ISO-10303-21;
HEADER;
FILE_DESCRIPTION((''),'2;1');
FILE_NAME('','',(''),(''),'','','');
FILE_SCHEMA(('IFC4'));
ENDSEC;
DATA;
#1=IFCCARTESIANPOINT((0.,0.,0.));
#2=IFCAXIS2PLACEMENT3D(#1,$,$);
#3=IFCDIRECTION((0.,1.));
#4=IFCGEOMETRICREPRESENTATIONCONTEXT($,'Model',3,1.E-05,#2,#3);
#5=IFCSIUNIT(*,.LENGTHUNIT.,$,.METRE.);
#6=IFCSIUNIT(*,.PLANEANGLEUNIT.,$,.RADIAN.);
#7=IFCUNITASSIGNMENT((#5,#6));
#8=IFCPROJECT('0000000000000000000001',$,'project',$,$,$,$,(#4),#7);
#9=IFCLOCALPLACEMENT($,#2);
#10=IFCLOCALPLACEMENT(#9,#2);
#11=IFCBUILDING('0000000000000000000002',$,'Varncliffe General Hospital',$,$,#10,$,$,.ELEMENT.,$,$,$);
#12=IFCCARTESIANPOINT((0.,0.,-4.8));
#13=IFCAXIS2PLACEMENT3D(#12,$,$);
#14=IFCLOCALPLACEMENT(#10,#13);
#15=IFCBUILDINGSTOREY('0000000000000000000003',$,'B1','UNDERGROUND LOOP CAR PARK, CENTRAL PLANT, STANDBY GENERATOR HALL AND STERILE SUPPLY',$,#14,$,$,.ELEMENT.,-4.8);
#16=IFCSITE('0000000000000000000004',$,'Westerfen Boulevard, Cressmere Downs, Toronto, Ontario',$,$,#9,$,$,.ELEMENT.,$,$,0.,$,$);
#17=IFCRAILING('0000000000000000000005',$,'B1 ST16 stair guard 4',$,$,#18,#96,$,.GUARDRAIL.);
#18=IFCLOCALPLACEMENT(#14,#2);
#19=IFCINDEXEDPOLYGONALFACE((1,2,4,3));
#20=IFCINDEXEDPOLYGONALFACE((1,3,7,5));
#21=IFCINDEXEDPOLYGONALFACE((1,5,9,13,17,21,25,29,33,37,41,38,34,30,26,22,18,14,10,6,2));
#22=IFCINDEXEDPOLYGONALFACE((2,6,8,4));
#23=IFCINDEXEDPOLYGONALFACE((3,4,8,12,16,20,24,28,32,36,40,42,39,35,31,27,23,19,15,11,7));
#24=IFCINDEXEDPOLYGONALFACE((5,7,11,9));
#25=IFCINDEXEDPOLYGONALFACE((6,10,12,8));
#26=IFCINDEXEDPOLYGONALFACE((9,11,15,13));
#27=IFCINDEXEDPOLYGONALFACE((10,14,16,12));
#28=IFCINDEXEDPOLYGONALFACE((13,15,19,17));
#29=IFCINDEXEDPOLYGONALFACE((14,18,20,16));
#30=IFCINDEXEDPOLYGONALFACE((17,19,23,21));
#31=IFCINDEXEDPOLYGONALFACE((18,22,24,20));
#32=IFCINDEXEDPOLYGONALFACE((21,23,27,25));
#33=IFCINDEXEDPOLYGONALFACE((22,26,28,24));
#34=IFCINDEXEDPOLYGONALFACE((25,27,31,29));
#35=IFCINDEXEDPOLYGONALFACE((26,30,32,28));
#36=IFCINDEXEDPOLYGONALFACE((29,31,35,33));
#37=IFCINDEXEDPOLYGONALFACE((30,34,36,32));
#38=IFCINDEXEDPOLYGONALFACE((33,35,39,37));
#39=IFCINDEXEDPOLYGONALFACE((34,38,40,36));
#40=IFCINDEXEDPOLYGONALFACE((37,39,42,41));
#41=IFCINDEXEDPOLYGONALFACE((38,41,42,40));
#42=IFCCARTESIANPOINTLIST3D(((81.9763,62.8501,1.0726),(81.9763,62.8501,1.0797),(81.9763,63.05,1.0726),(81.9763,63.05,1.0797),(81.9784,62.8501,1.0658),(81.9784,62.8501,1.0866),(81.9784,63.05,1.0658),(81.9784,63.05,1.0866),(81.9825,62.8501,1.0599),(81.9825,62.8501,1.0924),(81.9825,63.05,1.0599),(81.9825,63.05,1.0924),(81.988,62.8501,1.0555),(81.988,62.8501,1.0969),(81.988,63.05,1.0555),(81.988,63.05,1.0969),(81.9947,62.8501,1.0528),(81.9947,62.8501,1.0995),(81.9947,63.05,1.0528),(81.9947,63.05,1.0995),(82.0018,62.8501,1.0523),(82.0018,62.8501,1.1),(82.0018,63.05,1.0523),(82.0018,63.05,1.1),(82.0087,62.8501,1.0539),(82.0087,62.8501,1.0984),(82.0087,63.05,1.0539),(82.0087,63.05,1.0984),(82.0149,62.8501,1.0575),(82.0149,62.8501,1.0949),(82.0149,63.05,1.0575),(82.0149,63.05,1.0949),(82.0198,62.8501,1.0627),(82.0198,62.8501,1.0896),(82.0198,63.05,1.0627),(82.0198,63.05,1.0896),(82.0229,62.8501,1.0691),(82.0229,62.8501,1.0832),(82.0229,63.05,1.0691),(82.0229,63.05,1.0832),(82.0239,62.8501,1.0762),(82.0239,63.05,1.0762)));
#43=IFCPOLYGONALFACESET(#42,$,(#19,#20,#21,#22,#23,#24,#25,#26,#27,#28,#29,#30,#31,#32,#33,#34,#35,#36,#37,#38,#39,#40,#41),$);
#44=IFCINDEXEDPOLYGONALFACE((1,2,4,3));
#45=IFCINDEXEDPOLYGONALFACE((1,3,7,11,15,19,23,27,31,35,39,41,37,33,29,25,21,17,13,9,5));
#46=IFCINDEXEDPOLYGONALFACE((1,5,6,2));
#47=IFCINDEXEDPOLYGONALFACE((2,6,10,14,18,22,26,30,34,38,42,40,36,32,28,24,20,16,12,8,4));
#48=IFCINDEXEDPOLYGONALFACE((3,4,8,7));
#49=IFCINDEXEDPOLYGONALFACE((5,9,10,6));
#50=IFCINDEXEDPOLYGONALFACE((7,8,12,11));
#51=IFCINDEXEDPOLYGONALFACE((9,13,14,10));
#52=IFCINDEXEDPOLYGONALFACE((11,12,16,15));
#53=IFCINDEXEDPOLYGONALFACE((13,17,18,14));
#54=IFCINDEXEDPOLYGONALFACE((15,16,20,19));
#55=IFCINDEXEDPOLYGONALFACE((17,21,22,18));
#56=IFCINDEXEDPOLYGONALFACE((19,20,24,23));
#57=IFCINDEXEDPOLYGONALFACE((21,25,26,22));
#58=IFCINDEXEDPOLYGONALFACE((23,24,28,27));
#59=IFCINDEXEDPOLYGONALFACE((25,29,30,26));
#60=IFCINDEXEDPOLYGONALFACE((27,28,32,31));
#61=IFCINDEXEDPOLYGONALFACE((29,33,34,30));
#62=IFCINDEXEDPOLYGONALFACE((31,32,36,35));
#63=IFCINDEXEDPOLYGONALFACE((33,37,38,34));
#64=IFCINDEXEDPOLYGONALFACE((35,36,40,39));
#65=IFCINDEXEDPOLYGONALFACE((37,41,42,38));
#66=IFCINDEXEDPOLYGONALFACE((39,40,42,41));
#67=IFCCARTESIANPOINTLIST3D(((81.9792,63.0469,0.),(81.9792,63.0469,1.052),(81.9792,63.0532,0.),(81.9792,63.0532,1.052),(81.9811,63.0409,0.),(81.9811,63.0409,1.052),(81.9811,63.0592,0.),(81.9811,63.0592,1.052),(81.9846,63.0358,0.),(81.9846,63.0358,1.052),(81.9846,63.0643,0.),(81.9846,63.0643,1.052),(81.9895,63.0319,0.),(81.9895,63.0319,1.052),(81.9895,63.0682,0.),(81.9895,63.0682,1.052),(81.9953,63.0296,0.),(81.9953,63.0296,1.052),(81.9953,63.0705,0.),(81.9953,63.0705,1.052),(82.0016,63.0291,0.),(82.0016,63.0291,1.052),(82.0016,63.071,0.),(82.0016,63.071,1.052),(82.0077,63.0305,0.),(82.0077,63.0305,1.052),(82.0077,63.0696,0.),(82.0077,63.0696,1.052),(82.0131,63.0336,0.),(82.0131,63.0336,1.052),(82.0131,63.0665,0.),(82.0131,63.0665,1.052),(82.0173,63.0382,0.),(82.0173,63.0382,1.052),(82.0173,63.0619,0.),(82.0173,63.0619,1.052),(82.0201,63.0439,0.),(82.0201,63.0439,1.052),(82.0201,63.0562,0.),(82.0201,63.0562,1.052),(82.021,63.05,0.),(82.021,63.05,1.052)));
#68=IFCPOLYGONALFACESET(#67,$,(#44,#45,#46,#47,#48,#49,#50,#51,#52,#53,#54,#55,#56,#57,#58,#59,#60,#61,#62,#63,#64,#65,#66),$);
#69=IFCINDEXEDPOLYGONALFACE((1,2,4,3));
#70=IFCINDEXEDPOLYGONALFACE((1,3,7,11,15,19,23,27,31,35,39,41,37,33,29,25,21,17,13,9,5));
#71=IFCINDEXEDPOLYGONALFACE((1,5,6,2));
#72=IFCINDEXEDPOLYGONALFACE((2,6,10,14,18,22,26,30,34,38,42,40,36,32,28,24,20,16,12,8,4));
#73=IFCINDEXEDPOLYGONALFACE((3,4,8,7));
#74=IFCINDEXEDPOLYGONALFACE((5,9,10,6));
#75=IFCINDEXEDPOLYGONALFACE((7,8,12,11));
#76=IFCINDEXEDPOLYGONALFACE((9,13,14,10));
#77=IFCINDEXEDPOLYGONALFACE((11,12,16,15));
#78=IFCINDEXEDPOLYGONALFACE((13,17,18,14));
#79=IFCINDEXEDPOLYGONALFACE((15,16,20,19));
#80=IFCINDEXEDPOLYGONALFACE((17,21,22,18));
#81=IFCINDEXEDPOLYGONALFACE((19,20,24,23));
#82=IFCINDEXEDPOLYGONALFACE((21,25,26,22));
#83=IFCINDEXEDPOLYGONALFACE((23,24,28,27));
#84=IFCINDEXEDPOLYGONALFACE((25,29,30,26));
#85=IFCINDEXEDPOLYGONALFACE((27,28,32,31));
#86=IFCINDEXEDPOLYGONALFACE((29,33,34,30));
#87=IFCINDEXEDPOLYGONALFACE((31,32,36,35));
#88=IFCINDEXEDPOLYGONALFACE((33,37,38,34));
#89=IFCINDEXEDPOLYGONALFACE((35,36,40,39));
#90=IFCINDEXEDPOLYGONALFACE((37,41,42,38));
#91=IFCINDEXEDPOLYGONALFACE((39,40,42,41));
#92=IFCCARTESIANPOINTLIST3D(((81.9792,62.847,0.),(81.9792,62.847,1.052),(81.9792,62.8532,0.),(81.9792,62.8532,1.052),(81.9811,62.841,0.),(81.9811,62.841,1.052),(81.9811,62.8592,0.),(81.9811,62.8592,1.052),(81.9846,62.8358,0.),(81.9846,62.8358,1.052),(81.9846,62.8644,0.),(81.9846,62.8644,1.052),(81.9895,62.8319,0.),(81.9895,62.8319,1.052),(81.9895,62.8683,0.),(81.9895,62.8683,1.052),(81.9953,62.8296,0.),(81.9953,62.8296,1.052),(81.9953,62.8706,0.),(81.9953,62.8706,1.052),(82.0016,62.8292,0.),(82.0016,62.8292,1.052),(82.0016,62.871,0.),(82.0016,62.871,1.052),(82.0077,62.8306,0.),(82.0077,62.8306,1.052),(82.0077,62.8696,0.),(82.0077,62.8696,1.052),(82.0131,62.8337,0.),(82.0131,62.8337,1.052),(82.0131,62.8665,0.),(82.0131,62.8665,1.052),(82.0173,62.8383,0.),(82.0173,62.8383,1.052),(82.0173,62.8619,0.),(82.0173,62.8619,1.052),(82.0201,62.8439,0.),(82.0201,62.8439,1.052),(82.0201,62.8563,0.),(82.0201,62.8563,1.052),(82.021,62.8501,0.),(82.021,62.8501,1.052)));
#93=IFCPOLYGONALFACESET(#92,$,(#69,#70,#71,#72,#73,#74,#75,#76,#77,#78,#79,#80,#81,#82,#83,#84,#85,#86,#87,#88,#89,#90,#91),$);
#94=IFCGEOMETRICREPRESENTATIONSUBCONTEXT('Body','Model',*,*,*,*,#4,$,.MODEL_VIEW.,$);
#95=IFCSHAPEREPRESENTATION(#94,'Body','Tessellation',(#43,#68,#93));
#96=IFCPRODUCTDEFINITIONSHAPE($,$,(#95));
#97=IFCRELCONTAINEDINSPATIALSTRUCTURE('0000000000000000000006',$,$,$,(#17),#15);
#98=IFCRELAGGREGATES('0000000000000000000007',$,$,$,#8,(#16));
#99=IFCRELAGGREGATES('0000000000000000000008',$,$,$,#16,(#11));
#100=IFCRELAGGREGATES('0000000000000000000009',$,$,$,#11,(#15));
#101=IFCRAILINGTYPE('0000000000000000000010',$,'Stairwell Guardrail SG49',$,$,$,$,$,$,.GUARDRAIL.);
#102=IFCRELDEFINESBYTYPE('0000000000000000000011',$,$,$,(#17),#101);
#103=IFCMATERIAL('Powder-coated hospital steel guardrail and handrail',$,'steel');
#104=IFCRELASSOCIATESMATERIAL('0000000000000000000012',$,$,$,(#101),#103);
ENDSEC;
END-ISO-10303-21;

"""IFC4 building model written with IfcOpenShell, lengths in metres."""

from ifc_helpers import new_model, si_unit, direction, frame, origin, origin_2d, place, context, subcontext, project, spatial, circle, extrude, material, type_object, element, save


model = new_model("IFC4")

# Units and contexts
model_context = context("Model", 3, precision=1e-05, world=origin(), true_north=direction((0.0, 1.0)))
body_context = subcontext(model_context, "Body", "Model", "MODEL_VIEW")
ifc_project = project(units=[si_unit("LENGTHUNIT", "METRE"), si_unit("PLANEANGLEUNIT", "RADIAN")], contexts=[model_context])

# Site, building, storey
site_placement = place(None, origin())
site = spatial("IfcSite", under=ifc_project, at=site_placement, Name="Westerfen Boulevard, Cressmere Downs, Toronto, Ontario", CompositionType="ELEMENT", RefElevation=0.0)
building_placement = place(site_placement, origin())
building = spatial("IfcBuilding", under=site, at=building_placement, Name="Varncliffe General Hospital", CompositionType="ELEMENT")
storey_placement = place(building_placement, frame((0.0, 0.0, -4.8)))
storey = spatial("IfcBuildingStorey", under=building, at=storey_placement, Name="B1", Description="UNDERGROUND LOOP CAR PARK, CENTRAL PLANT, STANDBY GENERATOR HALL AND STERILE SUPPLY", CompositionType="ELEMENT", Elevation=-4.8)

# Railing
ifc_material_1 = material(Name="Powder-coated hospital steel guardrail and handrail", Category="steel")
railing_type_1 = type_object("IfcRailingType", Name="Stairwell Guardrail SG49", PredefinedType="GUARDRAIL", material=ifc_material_1)
railing_1_placement = place(storey_placement, frame((82.0, 63.05, 0.0)))
element("IfcRailing", 1, at=railing_1_placement, inside=storey, type_object=railing_type_1, Name="B1 ST16 stair guard 4", PredefinedType="GUARDRAIL", context=body_context, shape_type="SweptSolid", body=[
    extrude(circle(Radius=0.0239, at=origin_2d()), frame((0.0, 0.0, 1.0762), z_axis=(0.0, -1.0, 0.0), x_axis=(1.0, 0.0, 0.0)), (0.0, 0.0, 1.0), 0.2),
    extrude(circle(Radius=0.021, at=origin_2d()), origin(), (0.0, 0.0, 1.0), 1.052),
    extrude(circle(Radius=0.021, at=origin_2d()), frame((0.0, -0.2, 0.0)), (0.0, 0.0, 1.0), 1.052),
])

save(model, "model.ifc")
